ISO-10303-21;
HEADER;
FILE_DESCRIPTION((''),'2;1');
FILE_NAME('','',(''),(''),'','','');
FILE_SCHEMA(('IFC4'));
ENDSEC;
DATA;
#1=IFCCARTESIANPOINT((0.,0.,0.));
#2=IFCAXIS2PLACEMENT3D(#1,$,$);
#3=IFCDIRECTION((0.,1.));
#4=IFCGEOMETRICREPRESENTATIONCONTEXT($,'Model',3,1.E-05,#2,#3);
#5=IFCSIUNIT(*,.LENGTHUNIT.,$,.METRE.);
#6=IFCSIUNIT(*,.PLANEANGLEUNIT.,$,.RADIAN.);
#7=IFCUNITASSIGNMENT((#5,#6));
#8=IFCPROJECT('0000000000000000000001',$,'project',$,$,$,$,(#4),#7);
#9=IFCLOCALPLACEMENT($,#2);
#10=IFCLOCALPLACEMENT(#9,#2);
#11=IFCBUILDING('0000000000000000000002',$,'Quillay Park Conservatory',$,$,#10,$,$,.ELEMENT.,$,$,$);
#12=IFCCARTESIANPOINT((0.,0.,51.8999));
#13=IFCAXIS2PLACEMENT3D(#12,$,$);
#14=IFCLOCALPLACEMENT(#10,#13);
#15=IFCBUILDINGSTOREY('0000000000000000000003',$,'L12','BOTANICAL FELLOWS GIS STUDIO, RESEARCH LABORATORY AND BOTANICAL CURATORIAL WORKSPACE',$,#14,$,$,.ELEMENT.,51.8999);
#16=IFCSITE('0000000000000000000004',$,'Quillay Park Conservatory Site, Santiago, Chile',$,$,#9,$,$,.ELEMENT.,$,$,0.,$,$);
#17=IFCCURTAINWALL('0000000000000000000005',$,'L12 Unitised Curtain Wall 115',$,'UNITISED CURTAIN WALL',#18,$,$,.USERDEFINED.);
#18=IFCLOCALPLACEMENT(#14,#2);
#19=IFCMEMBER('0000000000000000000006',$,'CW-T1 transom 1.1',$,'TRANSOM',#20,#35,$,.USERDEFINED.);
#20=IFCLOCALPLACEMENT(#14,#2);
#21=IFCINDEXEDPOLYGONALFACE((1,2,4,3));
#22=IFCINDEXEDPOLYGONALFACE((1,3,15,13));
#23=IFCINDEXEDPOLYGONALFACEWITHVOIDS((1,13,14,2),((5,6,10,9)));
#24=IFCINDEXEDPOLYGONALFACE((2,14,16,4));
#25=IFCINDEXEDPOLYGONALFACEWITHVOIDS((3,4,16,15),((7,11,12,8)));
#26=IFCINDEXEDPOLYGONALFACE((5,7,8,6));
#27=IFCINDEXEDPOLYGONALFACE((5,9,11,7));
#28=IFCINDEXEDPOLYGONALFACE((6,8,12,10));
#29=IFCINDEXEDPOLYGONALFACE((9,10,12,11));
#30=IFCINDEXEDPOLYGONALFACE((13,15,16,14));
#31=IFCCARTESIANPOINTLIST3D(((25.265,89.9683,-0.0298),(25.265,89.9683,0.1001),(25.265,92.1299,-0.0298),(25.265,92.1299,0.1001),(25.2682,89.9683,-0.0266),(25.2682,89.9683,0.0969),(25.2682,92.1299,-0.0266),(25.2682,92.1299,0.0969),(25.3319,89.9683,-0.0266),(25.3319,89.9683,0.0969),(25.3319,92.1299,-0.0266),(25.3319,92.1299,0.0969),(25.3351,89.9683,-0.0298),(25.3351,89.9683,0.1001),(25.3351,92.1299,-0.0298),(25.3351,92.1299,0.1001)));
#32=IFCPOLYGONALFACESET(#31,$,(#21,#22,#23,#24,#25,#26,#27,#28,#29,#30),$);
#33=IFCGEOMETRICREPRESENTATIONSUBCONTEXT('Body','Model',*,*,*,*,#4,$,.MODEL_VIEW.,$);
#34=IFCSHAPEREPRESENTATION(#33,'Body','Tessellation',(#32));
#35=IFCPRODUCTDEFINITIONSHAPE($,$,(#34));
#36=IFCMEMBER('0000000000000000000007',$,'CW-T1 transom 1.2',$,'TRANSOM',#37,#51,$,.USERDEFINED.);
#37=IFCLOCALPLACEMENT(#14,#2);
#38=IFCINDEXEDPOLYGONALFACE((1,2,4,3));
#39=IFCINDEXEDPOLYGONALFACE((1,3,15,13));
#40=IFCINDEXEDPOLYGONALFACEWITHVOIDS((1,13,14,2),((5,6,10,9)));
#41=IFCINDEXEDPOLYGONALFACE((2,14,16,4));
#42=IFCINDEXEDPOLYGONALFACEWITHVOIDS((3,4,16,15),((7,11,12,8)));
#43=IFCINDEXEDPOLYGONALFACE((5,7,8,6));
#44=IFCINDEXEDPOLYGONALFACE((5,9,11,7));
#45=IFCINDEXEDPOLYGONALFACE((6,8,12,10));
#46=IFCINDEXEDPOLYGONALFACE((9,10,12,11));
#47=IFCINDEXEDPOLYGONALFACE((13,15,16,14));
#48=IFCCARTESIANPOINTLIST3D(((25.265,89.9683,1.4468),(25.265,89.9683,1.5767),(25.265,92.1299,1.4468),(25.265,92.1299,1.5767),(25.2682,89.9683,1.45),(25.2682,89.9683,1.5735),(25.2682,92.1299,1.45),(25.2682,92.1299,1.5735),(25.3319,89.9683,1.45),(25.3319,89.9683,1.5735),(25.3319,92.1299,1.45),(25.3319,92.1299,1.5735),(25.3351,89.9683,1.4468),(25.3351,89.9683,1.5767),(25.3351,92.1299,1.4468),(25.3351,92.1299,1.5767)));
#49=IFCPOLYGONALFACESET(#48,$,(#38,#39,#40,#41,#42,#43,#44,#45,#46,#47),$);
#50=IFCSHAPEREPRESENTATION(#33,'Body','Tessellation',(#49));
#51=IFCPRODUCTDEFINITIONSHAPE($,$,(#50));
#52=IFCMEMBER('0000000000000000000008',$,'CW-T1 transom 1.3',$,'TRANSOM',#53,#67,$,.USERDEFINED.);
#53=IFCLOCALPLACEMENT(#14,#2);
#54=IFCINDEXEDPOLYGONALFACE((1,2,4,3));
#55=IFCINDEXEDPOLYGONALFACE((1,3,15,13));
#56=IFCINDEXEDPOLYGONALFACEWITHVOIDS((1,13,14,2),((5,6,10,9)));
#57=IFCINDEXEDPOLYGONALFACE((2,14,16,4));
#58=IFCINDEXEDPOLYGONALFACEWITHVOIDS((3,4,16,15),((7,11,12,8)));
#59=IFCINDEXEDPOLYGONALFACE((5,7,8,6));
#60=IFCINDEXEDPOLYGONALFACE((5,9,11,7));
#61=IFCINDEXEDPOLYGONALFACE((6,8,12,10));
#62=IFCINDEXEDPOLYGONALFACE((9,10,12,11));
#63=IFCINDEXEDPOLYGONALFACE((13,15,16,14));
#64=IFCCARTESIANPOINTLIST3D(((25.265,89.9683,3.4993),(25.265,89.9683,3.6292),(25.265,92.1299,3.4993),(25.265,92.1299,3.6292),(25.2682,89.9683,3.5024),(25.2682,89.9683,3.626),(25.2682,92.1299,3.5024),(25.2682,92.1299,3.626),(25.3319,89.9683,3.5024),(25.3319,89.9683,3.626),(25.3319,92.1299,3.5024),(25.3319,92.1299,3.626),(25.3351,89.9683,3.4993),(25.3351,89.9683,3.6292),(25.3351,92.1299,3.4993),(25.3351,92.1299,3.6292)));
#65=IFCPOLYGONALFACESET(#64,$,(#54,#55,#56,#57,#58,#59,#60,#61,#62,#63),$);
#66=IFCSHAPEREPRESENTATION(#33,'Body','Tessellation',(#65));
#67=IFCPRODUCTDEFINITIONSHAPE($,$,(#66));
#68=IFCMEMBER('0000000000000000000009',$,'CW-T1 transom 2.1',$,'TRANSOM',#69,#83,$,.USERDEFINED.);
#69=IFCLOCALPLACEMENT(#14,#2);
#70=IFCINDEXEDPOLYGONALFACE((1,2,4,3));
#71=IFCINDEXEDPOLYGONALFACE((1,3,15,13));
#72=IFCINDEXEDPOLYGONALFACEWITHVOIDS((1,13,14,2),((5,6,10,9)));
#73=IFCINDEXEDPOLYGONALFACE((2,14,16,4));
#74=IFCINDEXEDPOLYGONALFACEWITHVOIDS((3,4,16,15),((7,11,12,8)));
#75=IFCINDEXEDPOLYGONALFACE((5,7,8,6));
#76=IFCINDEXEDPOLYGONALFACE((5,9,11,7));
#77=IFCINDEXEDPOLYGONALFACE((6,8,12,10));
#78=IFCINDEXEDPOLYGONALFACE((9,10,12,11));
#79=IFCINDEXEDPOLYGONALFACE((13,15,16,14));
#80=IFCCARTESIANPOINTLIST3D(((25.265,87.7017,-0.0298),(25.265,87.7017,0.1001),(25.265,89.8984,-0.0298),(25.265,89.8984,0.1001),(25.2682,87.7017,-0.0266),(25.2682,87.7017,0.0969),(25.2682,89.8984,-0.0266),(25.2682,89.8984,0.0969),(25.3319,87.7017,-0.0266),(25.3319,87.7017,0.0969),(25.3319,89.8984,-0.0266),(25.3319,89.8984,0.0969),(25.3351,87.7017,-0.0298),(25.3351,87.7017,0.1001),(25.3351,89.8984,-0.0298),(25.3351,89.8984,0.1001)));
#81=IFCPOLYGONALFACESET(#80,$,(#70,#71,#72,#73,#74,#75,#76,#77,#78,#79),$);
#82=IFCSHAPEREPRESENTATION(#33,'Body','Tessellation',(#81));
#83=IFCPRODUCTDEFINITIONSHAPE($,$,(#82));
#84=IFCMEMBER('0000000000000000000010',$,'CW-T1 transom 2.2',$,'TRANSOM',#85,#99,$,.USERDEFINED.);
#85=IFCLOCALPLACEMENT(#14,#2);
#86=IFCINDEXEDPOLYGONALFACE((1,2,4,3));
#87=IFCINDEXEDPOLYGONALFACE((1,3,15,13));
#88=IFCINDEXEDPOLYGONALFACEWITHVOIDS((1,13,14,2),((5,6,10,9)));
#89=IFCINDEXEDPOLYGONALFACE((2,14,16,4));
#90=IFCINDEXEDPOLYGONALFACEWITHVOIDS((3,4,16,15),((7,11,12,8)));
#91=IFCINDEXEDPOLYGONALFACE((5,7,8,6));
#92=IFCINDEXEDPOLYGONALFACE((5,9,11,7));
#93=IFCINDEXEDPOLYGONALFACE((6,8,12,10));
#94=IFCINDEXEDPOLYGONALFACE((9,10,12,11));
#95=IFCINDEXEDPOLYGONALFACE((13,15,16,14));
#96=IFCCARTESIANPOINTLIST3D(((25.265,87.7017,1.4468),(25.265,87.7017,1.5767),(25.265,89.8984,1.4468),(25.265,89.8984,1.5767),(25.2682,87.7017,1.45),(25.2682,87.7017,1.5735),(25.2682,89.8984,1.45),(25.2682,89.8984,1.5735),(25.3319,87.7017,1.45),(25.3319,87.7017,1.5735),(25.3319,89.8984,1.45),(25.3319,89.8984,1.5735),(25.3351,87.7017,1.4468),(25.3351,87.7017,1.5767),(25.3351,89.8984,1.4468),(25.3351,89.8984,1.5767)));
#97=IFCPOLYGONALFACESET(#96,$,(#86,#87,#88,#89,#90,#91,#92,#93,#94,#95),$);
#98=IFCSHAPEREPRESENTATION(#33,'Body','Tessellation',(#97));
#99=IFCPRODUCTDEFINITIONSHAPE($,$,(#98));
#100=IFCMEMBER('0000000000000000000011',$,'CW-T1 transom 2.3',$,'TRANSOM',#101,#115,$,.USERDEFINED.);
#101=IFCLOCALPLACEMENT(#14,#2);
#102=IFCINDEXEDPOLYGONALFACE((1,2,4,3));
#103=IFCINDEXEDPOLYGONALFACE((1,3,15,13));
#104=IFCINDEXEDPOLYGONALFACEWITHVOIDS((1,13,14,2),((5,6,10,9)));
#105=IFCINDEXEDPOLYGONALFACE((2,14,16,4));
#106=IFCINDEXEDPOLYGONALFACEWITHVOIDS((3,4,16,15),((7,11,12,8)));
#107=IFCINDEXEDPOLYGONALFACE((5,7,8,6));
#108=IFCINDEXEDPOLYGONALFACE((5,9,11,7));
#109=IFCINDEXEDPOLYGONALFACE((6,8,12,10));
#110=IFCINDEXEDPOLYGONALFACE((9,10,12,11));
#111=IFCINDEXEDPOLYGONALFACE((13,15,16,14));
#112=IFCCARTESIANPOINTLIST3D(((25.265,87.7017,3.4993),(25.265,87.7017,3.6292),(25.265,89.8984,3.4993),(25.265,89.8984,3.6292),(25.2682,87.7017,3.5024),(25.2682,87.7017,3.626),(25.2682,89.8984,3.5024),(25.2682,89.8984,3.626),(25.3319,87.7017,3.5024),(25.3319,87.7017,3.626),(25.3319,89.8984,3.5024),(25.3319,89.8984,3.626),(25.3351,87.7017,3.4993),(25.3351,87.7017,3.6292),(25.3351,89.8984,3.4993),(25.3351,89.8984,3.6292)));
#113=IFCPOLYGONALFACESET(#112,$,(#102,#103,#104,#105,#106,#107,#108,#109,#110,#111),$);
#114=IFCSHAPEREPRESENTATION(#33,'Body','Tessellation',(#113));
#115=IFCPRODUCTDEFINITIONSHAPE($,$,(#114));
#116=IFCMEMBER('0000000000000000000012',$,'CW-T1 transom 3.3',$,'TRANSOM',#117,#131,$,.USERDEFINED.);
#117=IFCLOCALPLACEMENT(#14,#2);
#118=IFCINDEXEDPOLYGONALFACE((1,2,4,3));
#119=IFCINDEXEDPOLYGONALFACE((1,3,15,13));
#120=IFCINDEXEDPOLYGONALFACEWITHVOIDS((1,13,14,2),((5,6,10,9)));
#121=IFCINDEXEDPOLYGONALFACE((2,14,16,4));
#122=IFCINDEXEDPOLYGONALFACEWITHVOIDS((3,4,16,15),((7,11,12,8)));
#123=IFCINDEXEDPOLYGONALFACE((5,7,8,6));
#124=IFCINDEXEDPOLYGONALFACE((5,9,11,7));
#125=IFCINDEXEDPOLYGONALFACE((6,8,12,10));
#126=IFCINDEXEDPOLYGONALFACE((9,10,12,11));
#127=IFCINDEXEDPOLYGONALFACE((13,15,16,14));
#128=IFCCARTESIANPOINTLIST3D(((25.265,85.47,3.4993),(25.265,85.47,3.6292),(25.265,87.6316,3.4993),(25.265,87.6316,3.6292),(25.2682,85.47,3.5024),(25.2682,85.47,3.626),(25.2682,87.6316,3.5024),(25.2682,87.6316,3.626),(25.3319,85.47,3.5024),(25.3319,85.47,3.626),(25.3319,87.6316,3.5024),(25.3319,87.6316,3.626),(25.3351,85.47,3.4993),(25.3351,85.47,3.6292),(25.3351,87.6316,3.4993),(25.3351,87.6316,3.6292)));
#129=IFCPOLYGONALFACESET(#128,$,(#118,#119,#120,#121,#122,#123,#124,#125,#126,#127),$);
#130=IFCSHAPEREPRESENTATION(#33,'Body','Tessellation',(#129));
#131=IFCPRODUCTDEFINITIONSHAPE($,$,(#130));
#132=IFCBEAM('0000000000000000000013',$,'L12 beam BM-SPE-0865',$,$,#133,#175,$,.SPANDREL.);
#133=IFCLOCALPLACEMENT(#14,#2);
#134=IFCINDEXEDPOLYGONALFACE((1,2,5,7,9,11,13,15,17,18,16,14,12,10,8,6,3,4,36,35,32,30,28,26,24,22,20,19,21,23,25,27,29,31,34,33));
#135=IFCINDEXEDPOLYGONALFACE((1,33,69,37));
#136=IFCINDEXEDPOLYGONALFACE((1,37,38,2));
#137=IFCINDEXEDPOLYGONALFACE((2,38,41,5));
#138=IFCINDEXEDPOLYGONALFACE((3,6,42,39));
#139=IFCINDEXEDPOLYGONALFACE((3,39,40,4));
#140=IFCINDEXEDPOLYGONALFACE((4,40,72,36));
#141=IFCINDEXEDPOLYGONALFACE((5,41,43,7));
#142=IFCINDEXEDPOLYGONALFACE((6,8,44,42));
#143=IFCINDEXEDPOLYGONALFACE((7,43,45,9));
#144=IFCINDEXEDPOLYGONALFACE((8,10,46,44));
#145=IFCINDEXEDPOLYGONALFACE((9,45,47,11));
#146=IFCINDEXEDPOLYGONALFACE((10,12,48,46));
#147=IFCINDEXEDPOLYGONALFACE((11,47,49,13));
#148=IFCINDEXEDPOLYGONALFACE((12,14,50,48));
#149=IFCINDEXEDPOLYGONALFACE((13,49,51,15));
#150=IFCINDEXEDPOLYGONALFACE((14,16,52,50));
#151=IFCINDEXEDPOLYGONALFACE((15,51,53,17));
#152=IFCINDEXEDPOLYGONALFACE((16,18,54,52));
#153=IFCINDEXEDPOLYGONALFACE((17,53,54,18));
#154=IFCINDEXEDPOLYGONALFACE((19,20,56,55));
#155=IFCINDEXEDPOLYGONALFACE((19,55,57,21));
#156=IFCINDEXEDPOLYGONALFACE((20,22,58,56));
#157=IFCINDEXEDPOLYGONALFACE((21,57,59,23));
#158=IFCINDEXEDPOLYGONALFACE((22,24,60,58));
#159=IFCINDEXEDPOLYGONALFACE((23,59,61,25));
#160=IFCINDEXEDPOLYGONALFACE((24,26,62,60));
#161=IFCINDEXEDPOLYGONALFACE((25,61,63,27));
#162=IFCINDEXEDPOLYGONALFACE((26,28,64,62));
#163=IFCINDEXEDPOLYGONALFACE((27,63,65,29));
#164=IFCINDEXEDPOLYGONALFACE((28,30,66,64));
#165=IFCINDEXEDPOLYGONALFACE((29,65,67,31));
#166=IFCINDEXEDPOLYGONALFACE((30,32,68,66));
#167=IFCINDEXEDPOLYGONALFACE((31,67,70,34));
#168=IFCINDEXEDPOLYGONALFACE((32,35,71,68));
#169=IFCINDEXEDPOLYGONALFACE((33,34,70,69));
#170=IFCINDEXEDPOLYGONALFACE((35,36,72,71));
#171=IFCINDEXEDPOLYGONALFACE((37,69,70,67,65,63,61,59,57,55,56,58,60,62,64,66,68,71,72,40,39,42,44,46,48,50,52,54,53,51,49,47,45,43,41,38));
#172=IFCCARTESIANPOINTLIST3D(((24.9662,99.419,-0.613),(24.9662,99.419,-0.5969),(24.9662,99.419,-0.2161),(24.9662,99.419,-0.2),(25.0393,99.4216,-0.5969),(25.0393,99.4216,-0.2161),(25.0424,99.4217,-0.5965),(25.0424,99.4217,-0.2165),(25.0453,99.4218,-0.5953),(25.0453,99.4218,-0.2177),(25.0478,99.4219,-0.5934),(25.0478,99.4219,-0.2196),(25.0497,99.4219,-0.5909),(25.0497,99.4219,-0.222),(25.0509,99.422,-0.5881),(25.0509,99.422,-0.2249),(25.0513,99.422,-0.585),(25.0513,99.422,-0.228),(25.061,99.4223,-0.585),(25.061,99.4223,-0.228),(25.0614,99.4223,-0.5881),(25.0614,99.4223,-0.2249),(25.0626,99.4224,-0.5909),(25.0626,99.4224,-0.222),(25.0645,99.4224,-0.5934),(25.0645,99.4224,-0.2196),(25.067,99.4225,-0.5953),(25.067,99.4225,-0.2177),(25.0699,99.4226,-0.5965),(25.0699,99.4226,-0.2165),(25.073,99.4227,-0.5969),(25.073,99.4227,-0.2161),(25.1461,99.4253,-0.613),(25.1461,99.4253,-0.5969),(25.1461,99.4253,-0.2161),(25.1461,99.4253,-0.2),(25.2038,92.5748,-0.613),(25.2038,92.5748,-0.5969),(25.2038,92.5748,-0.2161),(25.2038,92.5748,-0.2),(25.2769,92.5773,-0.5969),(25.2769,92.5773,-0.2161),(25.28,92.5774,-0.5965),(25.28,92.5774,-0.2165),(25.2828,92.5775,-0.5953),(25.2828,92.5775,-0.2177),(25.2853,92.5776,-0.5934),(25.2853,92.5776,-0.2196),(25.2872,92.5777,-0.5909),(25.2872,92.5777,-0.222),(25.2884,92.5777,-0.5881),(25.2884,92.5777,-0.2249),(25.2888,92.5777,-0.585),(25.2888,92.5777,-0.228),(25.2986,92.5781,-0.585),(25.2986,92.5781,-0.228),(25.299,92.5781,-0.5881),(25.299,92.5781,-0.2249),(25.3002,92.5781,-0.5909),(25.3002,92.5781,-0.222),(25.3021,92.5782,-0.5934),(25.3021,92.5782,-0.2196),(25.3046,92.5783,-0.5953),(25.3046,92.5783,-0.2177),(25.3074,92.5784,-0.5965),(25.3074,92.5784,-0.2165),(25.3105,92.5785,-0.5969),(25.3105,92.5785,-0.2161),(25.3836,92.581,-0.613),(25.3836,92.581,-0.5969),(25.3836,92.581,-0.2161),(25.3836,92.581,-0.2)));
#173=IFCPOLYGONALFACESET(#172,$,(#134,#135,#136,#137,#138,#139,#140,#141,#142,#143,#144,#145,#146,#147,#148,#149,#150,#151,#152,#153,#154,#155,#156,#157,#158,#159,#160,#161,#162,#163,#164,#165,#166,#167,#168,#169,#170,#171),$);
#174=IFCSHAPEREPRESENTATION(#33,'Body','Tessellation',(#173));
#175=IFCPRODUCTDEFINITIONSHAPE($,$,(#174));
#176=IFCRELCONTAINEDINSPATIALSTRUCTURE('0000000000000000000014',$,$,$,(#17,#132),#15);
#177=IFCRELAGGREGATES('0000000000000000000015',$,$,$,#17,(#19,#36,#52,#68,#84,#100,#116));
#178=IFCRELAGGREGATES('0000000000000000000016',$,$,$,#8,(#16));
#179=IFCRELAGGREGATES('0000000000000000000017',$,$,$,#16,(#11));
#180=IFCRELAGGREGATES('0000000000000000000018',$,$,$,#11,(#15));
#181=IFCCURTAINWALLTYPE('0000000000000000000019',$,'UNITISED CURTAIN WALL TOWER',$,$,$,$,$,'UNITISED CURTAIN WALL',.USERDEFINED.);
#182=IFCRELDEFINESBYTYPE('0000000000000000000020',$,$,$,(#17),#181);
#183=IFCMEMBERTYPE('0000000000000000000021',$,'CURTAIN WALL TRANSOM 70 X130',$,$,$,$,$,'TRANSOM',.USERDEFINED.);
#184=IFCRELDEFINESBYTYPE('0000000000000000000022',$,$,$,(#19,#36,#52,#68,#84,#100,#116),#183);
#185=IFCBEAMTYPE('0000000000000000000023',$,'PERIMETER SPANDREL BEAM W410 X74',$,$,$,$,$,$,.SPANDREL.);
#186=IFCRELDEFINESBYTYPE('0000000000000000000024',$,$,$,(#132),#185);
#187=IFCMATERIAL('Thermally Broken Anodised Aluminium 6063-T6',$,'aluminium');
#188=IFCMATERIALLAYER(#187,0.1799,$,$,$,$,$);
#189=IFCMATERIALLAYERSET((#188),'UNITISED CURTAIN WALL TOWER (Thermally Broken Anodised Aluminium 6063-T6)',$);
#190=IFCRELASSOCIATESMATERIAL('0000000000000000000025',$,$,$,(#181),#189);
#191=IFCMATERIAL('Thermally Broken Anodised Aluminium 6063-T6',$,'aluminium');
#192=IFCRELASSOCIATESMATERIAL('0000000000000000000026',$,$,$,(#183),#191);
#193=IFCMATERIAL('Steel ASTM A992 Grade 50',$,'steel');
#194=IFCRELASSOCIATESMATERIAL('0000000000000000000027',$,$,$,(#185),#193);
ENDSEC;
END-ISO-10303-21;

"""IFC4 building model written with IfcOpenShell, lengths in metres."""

from ifc_helpers import new_model, si_unit, direction, frame, origin, origin_2d, place, context, subcontext, project, spatial, hollow_rectangle, i_section, extrude, material, layer, layer_set, material_profile, profile_set, type_object, element, aggregate, save


model = new_model("IFC4")

# Units and contexts
model_context = context("Model", 3, precision=1e-05, world=origin(), true_north=direction((0.0, 1.0)))
body_context = subcontext(model_context, "Body", "Model", "MODEL_VIEW")
ifc_project = project(units=[si_unit("LENGTHUNIT", "METRE"), si_unit("PLANEANGLEUNIT", "RADIAN")], contexts=[model_context])

# Site, building, storey
site_placement = place(None, origin())
site = spatial("IfcSite", under=ifc_project, at=site_placement, Name="Quillay Park Conservatory Site, Santiago, Chile", CompositionType="ELEMENT", RefElevation=0.0)
building_placement = place(site_placement, origin())
building = spatial("IfcBuilding", under=site, at=building_placement, Name="Quillay Park Conservatory", CompositionType="ELEMENT")
storey_placement = place(building_placement, frame((0.0, 0.0, 51.8999)))
storey = spatial("IfcBuildingStorey", under=building, at=storey_placement, Name="L12", Description="BOTANICAL FELLOWS GIS STUDIO, RESEARCH LABORATORY AND BOTANICAL CURATORIAL WORKSPACE", CompositionType="ELEMENT", Elevation=51.8999)

# Curtain wall, members
ifc_material_1 = material(Name="Thermally Broken Anodised Aluminium 6063-T6", Category="aluminium")
ifc_layer_1 = layer(ifc_material_1, 0.1799)
ifc_layer_set_1 = layer_set([ifc_layer_1], Name="UNITISED CURTAIN WALL TOWER (Thermally Broken Anodised Aluminium 6063-T6)")
curtain_wall_type = type_object("IfcCurtainWallType", Name="UNITISED CURTAIN WALL TOWER", ElementType="UNITISED CURTAIN WALL", PredefinedType="USERDEFINED", material=ifc_layer_set_1)
curtain_wall_placement = place(storey_placement, origin())
curtain_wall = element("IfcCurtainWall", 1, at=curtain_wall_placement, inside=storey, type_object=curtain_wall_type, Name="L12 Unitised Curtain Wall 115", ObjectType="UNITISED CURTAIN WALL", PredefinedType="USERDEFINED")
ifc_material_2 = material(Name="Thermally Broken Anodised Aluminium 6063-T6", Category="aluminium")
ifc_material_profile_1 = material_profile(ifc_material_2, hollow_rectangle(XDim=0.0701, YDim=0.1299, WallThickness=0.0032, at=origin_2d()), Name="AL70x130x3.2")
ifc_profile_set_1 = profile_set([ifc_material_profile_1], Name="Thermally Broken Anodised Aluminium 6063-T6")
member_type_1 = type_object("IfcMemberType", Name="CURTAIN WALL TRANSOM 70 X130", ElementType="TRANSOM", PredefinedType="USERDEFINED", material=ifc_profile_set_1)
member_1_placement = place(storey_placement, frame((25.3, 92.1299, 0.0352), z_axis=(0.0, -1.0, 0.0), x_axis=(1.0, 0.0, 0.0)))
member_1 = element("IfcMember", 2, at=member_1_placement, type_object=member_type_1, Name="CW-T1 transom 1.1", ObjectType="TRANSOM", PredefinedType="USERDEFINED", context=body_context, shape_type="SweptSolid", body=[
    extrude(hollow_rectangle(XDim=0.0701, YDim=0.1299, WallThickness=0.0032, at=origin_2d()), origin(), (0.0, 0.0, 1.0), 2.1616),
])
member_2_placement = place(storey_placement, frame((25.3, 92.1299, 1.5117), z_axis=(0.0, -1.0, 0.0), x_axis=(1.0, 0.0, 0.0)))
member_2 = element("IfcMember", 3, at=member_2_placement, type_object=member_type_1, Name="CW-T1 transom 1.2", ObjectType="TRANSOM", PredefinedType="USERDEFINED", context=body_context, shape_type="SweptSolid", body=[
    extrude(hollow_rectangle(XDim=0.0701, YDim=0.1299, WallThickness=0.0032, at=origin_2d()), origin(), (0.0, 0.0, 1.0), 2.1616),
])
member_3_placement = place(storey_placement, frame((25.3, 92.1299, 3.5642), z_axis=(0.0, -1.0, 0.0), x_axis=(1.0, 0.0, 0.0)))
member_3 = element("IfcMember", 4, at=member_3_placement, type_object=member_type_1, Name="CW-T1 transom 1.3", ObjectType="TRANSOM", PredefinedType="USERDEFINED", context=body_context, shape_type="SweptSolid", body=[
    extrude(hollow_rectangle(XDim=0.0701, YDim=0.1299, WallThickness=0.0032, at=origin_2d()), origin(), (0.0, 0.0, 1.0), 2.1616),
])
member_4_placement = place(storey_placement, frame((25.3, 89.8984, 0.0352), z_axis=(0.0, -1.0, 0.0), x_axis=(1.0, 0.0, 0.0)))
member_4 = element("IfcMember", 5, at=member_4_placement, type_object=member_type_1, Name="CW-T1 transom 2.1", ObjectType="TRANSOM", PredefinedType="USERDEFINED", context=body_context, shape_type="SweptSolid", body=[
    extrude(hollow_rectangle(XDim=0.0701, YDim=0.1299, WallThickness=0.0032, at=origin_2d()), origin(), (0.0, 0.0, 1.0), 2.1968),
])
member_5_placement = place(storey_placement, frame((25.3, 89.8984, 1.5117), z_axis=(0.0, -1.0, 0.0), x_axis=(1.0, 0.0, 0.0)))
member_5 = element("IfcMember", 6, at=member_5_placement, type_object=member_type_1, Name="CW-T1 transom 2.2", ObjectType="TRANSOM", PredefinedType="USERDEFINED", context=body_context, shape_type="SweptSolid", body=[
    extrude(hollow_rectangle(XDim=0.0701, YDim=0.1299, WallThickness=0.0032, at=origin_2d()), origin(), (0.0, 0.0, 1.0), 2.1968),
])
member_6_placement = place(storey_placement, frame((25.3, 89.8984, 3.5642), z_axis=(0.0, -1.0, 0.0), x_axis=(1.0, 0.0, 0.0)))
member_6 = element("IfcMember", 7, at=member_6_placement, type_object=member_type_1, Name="CW-T1 transom 2.3", ObjectType="TRANSOM", PredefinedType="USERDEFINED", context=body_context, shape_type="SweptSolid", body=[
    extrude(hollow_rectangle(XDim=0.0701, YDim=0.1299, WallThickness=0.0032, at=origin_2d()), origin(), (0.0, 0.0, 1.0), 2.1968),
])
member_7_placement = place(storey_placement, frame((25.3, 87.6316, 3.5642), z_axis=(0.0, -1.0, 0.0), x_axis=(1.0, 0.0, 0.0)))
member_7 = element("IfcMember", 8, at=member_7_placement, type_object=member_type_1, Name="CW-T1 transom 3.3", ObjectType="TRANSOM", PredefinedType="USERDEFINED", context=body_context, shape_type="SweptSolid", body=[
    extrude(hollow_rectangle(XDim=0.0701, YDim=0.1299, WallThickness=0.0032, at=origin_2d()), origin(), (0.0, 0.0, 1.0), 2.1616),
])

# Beam
ifc_material_3 = material(Name="Steel ASTM A992 Grade 50", Category="steel")
ifc_material_profile_2 = material_profile(ifc_material_3, i_section(OverallWidth=0.1799, OverallDepth=0.4131, WebThickness=0.0098, FlangeThickness=0.0161, FilletRadius=0.012, at=origin_2d()), Name="W410x74")
ifc_profile_set_2 = profile_set([ifc_material_profile_2], Name="Steel ASTM A992 Grade 50")
beam_type_1 = type_object("IfcBeamType", Name="PERIMETER SPANDREL BEAM W410 X74", PredefinedType="SPANDREL", material=ifc_profile_set_2)
beam_1_placement = place(storey_placement, frame((25.2937, 92.5779, -0.4065), z_axis=(-0.034687, 0.999398, 0.0), x_axis=(-0.999398, -0.034687, 0.0)))
element("IfcBeam", 9, at=beam_1_placement, inside=storey, type_object=beam_type_1, Name="L12 beam BM-SPE-0865", PredefinedType="SPANDREL", context=body_context, shape_type="SweptSolid", body=[
    extrude(i_section(OverallWidth=0.1799, OverallDepth=0.4131, WebThickness=0.0098, FlangeThickness=0.0161, FilletRadius=0.012, at=origin_2d()), origin(), (0.0, 0.0, 1.0), 6.8484),
])

aggregate(curtain_wall, [member_1, member_2, member_3, member_4, member_5, member_6, member_7])

save(model, "model.ifc")
